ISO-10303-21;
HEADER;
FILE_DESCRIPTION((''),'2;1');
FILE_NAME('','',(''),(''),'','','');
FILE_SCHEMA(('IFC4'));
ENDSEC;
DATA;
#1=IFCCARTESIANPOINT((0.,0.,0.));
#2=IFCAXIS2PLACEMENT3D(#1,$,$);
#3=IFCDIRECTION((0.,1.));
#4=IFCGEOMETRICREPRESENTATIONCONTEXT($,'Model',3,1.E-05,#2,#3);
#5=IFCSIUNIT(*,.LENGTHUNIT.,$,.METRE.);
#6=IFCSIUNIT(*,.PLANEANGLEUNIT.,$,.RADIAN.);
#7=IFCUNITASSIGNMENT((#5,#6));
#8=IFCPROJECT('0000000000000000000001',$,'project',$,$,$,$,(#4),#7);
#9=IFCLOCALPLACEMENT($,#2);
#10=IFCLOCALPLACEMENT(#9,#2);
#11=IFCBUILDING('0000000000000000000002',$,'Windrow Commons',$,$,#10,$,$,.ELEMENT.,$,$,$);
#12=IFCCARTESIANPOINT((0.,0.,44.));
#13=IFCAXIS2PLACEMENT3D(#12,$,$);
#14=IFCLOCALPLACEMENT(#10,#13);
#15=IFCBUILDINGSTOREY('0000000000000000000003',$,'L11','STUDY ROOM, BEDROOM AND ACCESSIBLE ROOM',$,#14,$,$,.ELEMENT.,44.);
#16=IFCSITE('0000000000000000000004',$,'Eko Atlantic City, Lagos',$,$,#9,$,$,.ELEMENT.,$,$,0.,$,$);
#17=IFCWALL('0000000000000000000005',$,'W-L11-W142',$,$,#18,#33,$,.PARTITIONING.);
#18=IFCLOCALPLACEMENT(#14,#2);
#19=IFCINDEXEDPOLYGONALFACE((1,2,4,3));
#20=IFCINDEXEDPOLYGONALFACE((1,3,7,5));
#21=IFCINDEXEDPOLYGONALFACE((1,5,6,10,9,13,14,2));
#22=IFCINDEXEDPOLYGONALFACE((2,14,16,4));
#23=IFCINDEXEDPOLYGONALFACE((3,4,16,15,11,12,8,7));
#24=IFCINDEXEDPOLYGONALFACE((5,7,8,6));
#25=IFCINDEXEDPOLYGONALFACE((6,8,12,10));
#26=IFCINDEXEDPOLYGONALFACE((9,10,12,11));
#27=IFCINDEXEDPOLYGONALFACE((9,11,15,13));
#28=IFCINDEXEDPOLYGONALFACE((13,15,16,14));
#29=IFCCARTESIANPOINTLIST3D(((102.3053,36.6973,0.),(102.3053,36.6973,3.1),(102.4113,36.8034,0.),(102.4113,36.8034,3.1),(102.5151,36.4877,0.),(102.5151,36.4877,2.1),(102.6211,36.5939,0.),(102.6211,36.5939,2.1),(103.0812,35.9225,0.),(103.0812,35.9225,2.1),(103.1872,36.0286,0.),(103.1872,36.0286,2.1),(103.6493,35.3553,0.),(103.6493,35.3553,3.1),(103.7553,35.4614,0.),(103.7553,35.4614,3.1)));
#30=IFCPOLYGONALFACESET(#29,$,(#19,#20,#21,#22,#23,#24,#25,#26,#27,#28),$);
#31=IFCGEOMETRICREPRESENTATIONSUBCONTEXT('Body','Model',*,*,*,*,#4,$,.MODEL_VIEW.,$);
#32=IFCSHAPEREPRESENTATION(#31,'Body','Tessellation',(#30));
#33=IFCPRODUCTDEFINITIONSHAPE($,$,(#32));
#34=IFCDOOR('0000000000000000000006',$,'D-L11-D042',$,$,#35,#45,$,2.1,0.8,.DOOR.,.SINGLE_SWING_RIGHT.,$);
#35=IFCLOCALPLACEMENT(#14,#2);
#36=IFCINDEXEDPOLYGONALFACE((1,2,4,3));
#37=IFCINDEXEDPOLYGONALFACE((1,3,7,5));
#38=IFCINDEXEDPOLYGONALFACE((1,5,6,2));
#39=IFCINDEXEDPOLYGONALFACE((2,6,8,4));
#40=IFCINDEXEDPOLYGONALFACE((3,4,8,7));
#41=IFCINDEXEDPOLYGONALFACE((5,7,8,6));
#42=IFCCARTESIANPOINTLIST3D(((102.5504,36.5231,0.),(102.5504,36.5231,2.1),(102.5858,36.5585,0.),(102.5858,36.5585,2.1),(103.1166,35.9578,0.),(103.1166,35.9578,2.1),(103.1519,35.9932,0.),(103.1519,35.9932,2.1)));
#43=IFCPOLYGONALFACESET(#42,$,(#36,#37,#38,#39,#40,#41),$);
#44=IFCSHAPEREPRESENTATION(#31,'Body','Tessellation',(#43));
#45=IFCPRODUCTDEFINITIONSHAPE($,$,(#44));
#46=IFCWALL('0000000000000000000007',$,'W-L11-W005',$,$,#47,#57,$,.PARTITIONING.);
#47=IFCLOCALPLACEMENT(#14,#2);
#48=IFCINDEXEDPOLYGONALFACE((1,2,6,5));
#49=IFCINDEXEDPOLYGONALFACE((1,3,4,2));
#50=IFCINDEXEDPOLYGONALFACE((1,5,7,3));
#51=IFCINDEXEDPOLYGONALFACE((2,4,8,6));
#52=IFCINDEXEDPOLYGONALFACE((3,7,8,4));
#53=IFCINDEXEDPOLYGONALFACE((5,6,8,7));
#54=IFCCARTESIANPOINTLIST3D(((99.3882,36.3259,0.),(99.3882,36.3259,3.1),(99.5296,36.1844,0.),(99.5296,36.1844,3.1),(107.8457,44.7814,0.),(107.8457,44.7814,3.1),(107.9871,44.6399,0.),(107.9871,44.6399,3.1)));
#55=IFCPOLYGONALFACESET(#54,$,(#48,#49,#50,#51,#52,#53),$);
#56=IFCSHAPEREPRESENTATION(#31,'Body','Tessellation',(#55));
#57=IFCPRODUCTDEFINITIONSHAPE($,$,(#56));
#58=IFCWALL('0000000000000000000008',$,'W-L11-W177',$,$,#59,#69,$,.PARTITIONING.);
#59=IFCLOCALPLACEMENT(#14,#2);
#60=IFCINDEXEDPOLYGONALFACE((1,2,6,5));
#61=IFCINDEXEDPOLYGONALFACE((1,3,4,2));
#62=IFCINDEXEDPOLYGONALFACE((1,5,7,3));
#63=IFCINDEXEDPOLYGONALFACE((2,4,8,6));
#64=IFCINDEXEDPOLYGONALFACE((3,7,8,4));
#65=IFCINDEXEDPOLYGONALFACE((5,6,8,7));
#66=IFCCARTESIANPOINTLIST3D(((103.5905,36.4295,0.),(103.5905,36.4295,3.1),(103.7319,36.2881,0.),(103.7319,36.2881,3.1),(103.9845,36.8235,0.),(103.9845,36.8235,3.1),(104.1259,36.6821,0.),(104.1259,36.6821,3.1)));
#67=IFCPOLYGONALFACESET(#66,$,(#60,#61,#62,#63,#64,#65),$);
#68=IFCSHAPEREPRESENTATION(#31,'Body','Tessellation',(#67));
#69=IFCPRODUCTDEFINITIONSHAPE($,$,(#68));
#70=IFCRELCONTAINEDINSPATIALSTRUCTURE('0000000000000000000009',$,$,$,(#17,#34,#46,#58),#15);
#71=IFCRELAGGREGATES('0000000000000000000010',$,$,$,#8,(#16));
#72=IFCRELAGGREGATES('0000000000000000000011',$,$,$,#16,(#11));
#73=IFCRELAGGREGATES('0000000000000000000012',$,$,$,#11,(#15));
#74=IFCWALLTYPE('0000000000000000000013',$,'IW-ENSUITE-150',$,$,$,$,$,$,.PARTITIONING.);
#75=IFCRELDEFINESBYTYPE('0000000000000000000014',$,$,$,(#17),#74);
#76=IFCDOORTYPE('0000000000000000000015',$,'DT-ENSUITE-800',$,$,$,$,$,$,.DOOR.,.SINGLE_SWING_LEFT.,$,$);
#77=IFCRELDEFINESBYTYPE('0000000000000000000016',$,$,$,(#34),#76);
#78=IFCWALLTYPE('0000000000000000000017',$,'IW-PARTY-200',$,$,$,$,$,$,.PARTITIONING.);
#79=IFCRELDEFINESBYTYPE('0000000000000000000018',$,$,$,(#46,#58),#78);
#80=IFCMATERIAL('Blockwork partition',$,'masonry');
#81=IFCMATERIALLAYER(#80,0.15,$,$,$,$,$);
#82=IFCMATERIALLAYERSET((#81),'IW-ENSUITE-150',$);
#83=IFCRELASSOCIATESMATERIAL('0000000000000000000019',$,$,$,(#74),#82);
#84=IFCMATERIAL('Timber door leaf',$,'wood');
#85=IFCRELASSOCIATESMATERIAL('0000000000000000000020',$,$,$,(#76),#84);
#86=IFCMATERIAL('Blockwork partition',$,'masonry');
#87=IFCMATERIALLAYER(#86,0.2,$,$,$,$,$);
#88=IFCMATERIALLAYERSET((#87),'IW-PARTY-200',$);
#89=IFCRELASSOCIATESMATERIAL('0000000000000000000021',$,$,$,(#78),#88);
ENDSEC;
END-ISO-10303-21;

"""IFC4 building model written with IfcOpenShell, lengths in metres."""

from ifc_helpers import new_model, si_unit, direction, frame, frame_2d, origin, place, context, subcontext, project, spatial, rectangle, extrude, material, layer, layer_set, type_object, element, fill, save


model = new_model("IFC4")

# Units and contexts
model_context = context("Model", 3, precision=1e-05, world=origin(), true_north=direction((0.0, 1.0)))
body_context = subcontext(model_context, "Body", "Model", "MODEL_VIEW")
ifc_project = project(units=[si_unit("LENGTHUNIT", "METRE"), si_unit("PLANEANGLEUNIT", "RADIAN")], contexts=[model_context])

# Site, building, storey
site_placement = place(None, origin())
site = spatial("IfcSite", under=ifc_project, at=site_placement, Name="Eko Atlantic City, Lagos", CompositionType="ELEMENT", RefElevation=0.0)
building_placement = place(site_placement, origin())
building = spatial("IfcBuilding", under=site, at=building_placement, Name="Windrow Commons", CompositionType="ELEMENT")
storey_placement = place(building_placement, frame((0.0, 0.0, 44.0)))
storey = spatial("IfcBuildingStorey", under=building, at=storey_placement, Name="L11", Description="STUDY ROOM, BEDROOM AND ACCESSIBLE ROOM", CompositionType="ELEMENT", Elevation=44.0)

# Shared definitions
ifc_material_1 = material(Name="Blockwork partition", Category="masonry")
ifc_layer_1 = layer(ifc_material_1, 0.15)
ifc_layer_set_1 = layer_set([ifc_layer_1], Name="IW-ENSUITE-150")
wall_type_1 = type_object("IfcWallType", Name="IW-ENSUITE-150", PredefinedType="PARTITIONING", material=ifc_layer_set_1)

# Wall, opening, door
wall_1_placement = place(storey_placement, frame((102.3583, 36.7503, 0.0), z_axis=(0.0, 0.0, 1.0), x_axis=(0.707633, -0.70658, 0.0)))
wall_1 = element("IfcWall", 1, at=wall_1_placement, inside=storey, type_object=wall_type_1, Name="W-L11-W142", PredefinedType="PARTITIONING", context=body_context, shape_type="SweptSolid", body=[
    extrude(rectangle(XDim=1.8993, YDim=0.15, at=frame_2d((0.9496, 0.0))), origin(), (0.0, 0.0, 1.0), 3.1),
])
opening_1_placement = place(wall_1_placement, frame((0.2965, 0.0, 0.0)))
opening_1 = element("IfcOpeningElement", 2, at=opening_1_placement, cuts=wall_1, PredefinedType="OPENING", context=body_context, shape_type="SweptSolid", body=[
    extrude(rectangle(XDim=0.8, YDim=2.1, at=frame_2d((0.4, 1.05))), frame((0.0, 0.085, 0.0), z_axis=(0.0, -1.0, 0.0), x_axis=(1.0, 0.0, 0.0)), (0.0, 0.0, 1.0), 0.17),
])
ifc_material_2 = material(Name="Timber door leaf", Category="wood")
door_type_1 = type_object("IfcDoorType", Name="DT-ENSUITE-800", OperationType="SINGLE_SWING_LEFT", PredefinedType="DOOR", material=ifc_material_2)
door_1_placement = place(opening_1_placement, origin())
door_1 = element("IfcDoor", 3, at=door_1_placement, inside=storey, type_object=door_type_1, Name="D-L11-D042", OperationType="SINGLE_SWING_RIGHT", OverallHeight=2.1, OverallWidth=0.8, PredefinedType="DOOR", context=body_context, shape_type="SweptSolid", body=[
    extrude(rectangle(XDim=0.8, YDim=2.1, at=frame_2d((0.4, 1.05))), frame((0.0, 0.025, 0.0), z_axis=(0.0, -1.0, 0.0), x_axis=(1.0, 0.0, 0.0)), (0.0, 0.0, 1.0), 0.05),
])
fill(opening_1, door_1)

# Walls
ifc_material_3 = material(Name="Blockwork partition", Category="masonry")
ifc_layer_2 = layer(ifc_material_3, 0.2)
ifc_layer_set_2 = layer_set([ifc_layer_2], Name="IW-PARTY-200")
wall_type_2 = type_object("IfcWallType", Name="IW-PARTY-200", PredefinedType="PARTITIONING", material=ifc_layer_set_2)
wall_2_placement = place(storey_placement, frame((99.4589, 36.2551, 0.0), z_axis=(0.0, 0.0, 1.0), x_axis=(0.70719, 0.707023, 0.0)))
element("IfcWall", 4, at=wall_2_placement, inside=storey, type_object=wall_type_2, Name="W-L11-W005", PredefinedType="PARTITIONING", context=body_context, shape_type="SweptSolid", body=[
    extrude(rectangle(XDim=11.9593, YDim=0.2, at=frame_2d((5.9797, 0.0))), origin(), (0.0, 0.0, 1.0), 3.1),
])
wall_3_placement = place(storey_placement, frame((103.6612, 36.3588, 0.0), z_axis=(0.0, 0.0, 1.0), x_axis=(0.707107, 0.707107, 0.0)))
element("IfcWall", 5, at=wall_3_placement, inside=storey, type_object=wall_type_2, Name="W-L11-W177", PredefinedType="PARTITIONING", context=body_context, shape_type="SweptSolid", body=[
    extrude(rectangle(XDim=0.5572, YDim=0.2, at=frame_2d((0.2786, 0.0))), origin(), (0.0, 0.0, 1.0), 3.1),
])

save(model, "model.ifc")
